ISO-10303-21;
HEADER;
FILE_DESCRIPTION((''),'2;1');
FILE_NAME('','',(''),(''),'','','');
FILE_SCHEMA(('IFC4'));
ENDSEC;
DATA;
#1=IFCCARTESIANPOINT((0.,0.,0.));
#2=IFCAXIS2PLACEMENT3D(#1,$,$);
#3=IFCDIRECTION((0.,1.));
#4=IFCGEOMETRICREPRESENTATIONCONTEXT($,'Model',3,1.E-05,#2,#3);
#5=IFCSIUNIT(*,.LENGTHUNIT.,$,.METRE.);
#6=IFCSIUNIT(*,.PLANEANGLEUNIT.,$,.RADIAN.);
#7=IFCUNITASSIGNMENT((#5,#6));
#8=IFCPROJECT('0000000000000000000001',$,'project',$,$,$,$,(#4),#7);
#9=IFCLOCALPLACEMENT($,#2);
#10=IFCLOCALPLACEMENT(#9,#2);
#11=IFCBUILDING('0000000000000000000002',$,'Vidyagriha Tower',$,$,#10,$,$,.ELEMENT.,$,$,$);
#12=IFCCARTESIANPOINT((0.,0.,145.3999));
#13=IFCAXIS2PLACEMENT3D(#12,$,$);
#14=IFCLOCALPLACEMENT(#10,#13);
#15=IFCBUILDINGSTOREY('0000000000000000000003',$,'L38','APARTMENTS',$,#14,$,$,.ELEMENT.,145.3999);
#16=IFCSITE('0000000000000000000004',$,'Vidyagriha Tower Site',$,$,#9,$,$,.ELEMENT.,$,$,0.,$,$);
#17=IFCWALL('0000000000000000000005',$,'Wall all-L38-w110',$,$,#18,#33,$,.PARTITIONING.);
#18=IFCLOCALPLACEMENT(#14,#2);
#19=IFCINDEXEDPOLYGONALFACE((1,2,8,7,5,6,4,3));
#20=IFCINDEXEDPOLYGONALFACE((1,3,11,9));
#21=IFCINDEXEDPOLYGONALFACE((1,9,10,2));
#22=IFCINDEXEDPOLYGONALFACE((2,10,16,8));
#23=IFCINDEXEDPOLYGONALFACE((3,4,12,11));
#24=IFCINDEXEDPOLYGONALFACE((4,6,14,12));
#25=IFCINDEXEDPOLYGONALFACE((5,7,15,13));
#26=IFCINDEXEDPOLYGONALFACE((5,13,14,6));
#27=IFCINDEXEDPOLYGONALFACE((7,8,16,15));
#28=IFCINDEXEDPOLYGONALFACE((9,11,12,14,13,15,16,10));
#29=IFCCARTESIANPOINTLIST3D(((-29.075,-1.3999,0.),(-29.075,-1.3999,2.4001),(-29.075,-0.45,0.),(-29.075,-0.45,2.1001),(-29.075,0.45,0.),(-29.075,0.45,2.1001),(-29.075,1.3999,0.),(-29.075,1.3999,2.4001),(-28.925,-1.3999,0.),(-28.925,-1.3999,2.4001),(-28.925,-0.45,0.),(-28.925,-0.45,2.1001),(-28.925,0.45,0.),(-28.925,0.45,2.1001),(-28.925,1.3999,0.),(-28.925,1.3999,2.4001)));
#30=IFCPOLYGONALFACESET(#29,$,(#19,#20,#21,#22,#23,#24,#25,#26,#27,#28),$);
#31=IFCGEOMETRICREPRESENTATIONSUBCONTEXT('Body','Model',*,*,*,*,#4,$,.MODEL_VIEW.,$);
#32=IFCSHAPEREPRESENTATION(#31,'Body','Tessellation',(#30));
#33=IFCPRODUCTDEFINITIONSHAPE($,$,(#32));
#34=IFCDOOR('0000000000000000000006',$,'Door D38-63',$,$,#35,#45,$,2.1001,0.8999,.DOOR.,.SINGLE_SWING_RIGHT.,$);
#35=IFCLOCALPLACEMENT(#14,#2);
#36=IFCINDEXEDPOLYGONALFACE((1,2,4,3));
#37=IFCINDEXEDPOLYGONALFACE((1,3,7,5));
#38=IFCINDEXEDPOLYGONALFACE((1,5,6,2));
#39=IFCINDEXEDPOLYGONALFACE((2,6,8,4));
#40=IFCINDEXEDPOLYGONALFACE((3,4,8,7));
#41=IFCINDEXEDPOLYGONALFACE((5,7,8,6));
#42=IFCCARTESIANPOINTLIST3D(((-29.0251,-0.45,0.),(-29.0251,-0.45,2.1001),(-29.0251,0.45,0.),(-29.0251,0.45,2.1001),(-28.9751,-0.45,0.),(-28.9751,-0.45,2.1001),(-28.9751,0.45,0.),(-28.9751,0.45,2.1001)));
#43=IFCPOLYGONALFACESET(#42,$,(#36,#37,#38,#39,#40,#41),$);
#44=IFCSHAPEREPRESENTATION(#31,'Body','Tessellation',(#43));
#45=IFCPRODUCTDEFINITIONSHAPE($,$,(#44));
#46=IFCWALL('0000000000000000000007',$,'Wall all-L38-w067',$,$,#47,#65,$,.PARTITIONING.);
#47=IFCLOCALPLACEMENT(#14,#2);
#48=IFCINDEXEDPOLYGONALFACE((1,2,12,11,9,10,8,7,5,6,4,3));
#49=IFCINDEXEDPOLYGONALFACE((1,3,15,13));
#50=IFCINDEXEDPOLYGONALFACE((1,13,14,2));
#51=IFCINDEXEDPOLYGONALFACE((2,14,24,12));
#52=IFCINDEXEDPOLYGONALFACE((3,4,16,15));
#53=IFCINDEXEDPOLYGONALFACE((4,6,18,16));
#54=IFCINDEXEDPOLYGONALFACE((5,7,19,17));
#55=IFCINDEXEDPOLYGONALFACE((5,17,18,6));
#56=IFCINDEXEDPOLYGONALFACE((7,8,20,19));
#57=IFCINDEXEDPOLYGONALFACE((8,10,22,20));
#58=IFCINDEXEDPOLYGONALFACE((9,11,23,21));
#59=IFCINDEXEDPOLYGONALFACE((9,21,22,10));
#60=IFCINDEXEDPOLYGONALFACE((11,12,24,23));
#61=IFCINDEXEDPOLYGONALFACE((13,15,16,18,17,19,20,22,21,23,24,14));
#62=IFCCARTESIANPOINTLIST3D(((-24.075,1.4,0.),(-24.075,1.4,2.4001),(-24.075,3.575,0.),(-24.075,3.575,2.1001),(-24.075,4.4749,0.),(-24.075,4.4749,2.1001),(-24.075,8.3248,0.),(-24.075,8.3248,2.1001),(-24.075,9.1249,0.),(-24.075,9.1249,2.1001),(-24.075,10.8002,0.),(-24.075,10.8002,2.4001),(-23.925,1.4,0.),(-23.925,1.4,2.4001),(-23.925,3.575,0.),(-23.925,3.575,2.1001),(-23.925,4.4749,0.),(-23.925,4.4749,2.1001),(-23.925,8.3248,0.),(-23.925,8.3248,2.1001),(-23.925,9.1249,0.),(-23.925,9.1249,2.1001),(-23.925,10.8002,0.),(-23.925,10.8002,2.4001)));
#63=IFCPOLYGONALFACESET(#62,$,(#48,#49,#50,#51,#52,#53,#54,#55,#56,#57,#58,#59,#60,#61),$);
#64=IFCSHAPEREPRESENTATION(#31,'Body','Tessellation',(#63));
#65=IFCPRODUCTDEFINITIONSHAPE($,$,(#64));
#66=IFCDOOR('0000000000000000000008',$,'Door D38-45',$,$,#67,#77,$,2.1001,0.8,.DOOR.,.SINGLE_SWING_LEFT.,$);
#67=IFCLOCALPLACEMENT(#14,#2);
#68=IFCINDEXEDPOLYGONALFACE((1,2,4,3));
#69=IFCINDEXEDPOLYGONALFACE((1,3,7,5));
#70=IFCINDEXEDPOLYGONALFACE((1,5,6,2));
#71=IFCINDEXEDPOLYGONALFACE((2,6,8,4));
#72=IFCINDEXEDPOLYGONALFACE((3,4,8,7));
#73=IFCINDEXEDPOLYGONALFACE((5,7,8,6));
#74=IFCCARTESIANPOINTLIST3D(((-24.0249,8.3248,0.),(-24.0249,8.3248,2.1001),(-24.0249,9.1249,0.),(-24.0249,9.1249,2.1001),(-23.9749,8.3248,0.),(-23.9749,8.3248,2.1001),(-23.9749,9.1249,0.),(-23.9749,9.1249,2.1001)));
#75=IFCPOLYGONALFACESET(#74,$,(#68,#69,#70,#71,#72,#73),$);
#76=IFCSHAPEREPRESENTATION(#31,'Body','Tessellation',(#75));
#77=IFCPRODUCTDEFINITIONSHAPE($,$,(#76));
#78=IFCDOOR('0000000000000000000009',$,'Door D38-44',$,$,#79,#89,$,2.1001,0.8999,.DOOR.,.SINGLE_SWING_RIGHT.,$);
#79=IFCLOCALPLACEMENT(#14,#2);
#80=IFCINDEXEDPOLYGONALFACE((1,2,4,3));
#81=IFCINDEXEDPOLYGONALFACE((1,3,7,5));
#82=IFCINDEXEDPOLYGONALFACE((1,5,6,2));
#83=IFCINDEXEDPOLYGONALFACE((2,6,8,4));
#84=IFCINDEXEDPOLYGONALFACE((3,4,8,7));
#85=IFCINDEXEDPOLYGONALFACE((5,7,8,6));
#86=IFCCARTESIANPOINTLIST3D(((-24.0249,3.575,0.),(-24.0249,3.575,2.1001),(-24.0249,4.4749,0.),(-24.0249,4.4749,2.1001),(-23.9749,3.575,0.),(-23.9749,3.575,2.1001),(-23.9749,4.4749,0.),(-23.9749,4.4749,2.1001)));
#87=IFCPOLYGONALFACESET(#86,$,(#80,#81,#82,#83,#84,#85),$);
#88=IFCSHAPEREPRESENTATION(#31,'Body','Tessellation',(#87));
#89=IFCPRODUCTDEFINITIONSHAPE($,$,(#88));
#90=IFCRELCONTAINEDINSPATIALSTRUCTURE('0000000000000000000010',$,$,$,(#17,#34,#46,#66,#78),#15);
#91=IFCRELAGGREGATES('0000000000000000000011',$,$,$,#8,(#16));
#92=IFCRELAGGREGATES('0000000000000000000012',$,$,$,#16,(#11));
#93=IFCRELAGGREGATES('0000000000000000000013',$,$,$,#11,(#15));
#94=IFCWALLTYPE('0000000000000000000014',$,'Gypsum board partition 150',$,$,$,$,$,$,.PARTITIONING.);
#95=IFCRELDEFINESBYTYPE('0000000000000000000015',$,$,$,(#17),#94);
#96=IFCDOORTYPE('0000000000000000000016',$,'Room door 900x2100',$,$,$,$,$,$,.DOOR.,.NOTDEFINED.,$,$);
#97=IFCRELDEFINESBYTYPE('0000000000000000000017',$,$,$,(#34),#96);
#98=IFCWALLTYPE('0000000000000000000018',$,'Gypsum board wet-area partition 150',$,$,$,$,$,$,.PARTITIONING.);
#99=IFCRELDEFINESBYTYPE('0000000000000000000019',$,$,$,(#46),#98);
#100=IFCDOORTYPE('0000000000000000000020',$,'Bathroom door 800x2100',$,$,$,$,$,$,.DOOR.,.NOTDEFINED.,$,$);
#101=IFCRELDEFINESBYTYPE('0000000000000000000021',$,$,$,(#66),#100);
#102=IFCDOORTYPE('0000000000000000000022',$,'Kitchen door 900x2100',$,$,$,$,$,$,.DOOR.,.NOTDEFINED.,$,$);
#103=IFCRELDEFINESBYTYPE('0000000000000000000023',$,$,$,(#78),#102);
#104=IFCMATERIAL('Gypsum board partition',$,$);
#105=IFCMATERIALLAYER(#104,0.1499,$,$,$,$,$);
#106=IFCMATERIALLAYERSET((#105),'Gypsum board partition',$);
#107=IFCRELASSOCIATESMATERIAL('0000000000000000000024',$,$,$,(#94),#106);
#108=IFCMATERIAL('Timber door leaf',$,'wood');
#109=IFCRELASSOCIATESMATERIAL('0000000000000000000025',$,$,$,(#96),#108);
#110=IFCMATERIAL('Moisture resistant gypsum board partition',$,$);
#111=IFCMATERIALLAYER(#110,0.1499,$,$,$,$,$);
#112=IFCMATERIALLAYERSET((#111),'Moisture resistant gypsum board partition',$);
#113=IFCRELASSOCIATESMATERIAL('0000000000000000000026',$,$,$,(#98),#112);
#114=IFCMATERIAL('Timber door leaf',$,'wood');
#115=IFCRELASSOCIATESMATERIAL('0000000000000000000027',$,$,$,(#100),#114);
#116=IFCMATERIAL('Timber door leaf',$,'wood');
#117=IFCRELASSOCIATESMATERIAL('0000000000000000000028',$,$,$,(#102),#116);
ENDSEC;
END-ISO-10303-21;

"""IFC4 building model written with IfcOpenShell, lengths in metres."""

from ifc_helpers import new_model, si_unit, direction, frame, frame_2d, origin, place, context, subcontext, project, spatial, rectangle, extrude, material, layer, layer_set, type_object, element, fill, save


model = new_model("IFC4")

# Units and contexts
model_context = context("Model", 3, precision=1e-05, world=origin(), true_north=direction((0.0, 1.0)))
body_context = subcontext(model_context, "Body", "Model", "MODEL_VIEW")
ifc_project = project(units=[si_unit("LENGTHUNIT", "METRE"), si_unit("PLANEANGLEUNIT", "RADIAN")], contexts=[model_context])

# Site, building, storey
site_placement = place(None, origin())
site = spatial("IfcSite", under=ifc_project, at=site_placement, Name="Vidyagriha Tower Site", CompositionType="ELEMENT", RefElevation=0.0)
building_placement = place(site_placement, origin())
building = spatial("IfcBuilding", under=site, at=building_placement, Name="Vidyagriha Tower", CompositionType="ELEMENT")
storey_placement = place(building_placement, frame((0.0, 0.0, 145.3999)))
storey = spatial("IfcBuildingStorey", under=building, at=storey_placement, Name="L38", Description="APARTMENTS", CompositionType="ELEMENT", Elevation=145.3999)

# Shared definitions
ifc_material_1 = material(Name="Gypsum board partition")
ifc_layer_1 = layer(ifc_material_1, 0.1499)
ifc_layer_set_1 = layer_set([ifc_layer_1], Name="Gypsum board partition")
wall_type_1 = type_object("IfcWallType", Name="Gypsum board partition 150", PredefinedType="PARTITIONING", material=ifc_layer_set_1)

# Shared definitions
ifc_material_2 = material(Name="Timber door leaf", Category="wood")
door_type_1 = type_object("IfcDoorType", Name="Room door 900x2100", OperationType="NOTDEFINED", PredefinedType="DOOR", material=ifc_material_2)

# Wall, opening, door
wall_1_placement = place(storey_placement, frame((-29.0, 1.3999, 0.0), z_axis=(0.0, 0.0, 1.0), x_axis=(0.0, -1.0, 0.0)))
wall_1 = element("IfcWall", 1, at=wall_1_placement, inside=storey, type_object=wall_type_1, Name="Wall all-L38-w110", PredefinedType="PARTITIONING", context=body_context, shape_type="SweptSolid", body=[
    extrude(rectangle(XDim=2.7998, YDim=0.1499, at=frame_2d((1.3999, 0.0))), origin(), (0.0, 0.0, 1.0), 2.4001),
])
opening_1_placement = place(wall_1_placement, frame((0.95, 0.0, 0.0)))
opening_1 = element("IfcOpeningElement", 2, at=opening_1_placement, cuts=wall_1, PredefinedType="OPENING", context=body_context, shape_type="SweptSolid", body=[
    extrude(rectangle(XDim=0.8999, YDim=2.1001, at=frame_2d((0.45, 1.05))), frame((0.0, 0.085, 0.0), z_axis=(0.0, -1.0, 0.0), x_axis=(1.0, 0.0, 0.0)), (0.0, 0.0, 1.0), 0.1699),
])
door_1_placement = place(opening_1_placement, origin())
door_1 = element("IfcDoor", 3, at=door_1_placement, inside=storey, type_object=door_type_1, Name="Door D38-63", OperationType="SINGLE_SWING_RIGHT", OverallHeight=2.1001, OverallWidth=0.8999, PredefinedType="DOOR", context=body_context, shape_type="SweptSolid", body=[
    extrude(rectangle(XDim=0.8999, YDim=2.1001, at=frame_2d((0.45, 1.05))), frame((0.0, 0.0249, 0.0), z_axis=(0.0, -1.0, 0.0), x_axis=(1.0, 0.0, 0.0)), (0.0, 0.0, 1.0), 0.05),
])
fill(opening_1, door_1)

# Wall, openings, doors
ifc_material_3 = material(Name="Moisture resistant gypsum board partition")
ifc_layer_2 = layer(ifc_material_3, 0.1499)
ifc_layer_set_2 = layer_set([ifc_layer_2], Name="Moisture resistant gypsum board partition")
wall_type_2 = type_object("IfcWallType", Name="Gypsum board wet-area partition 150", PredefinedType="PARTITIONING", material=ifc_layer_set_2)
wall_2_placement = place(storey_placement, frame((-24.0, 1.3999, 0.0), z_axis=(0.0, 0.0, 1.0), x_axis=(0.0, 1.0, 0.0)))
wall_2 = element("IfcWall", 4, at=wall_2_placement, inside=storey, type_object=wall_type_2, Name="Wall all-L38-w067", PredefinedType="PARTITIONING", context=body_context, shape_type="SweptSolid", body=[
    extrude(rectangle(XDim=9.4001, YDim=0.1499, at=frame_2d((4.7002, 0.0))), origin(), (0.0, 0.0, 1.0), 2.4001),
])
opening_2_placement = place(wall_2_placement, frame((2.175, 0.0, 0.0)))
opening_2 = element("IfcOpeningElement", 5, at=opening_2_placement, cuts=wall_2, PredefinedType="OPENING", context=body_context, shape_type="SweptSolid", body=[
    extrude(rectangle(XDim=0.8999, YDim=2.1001, at=frame_2d((0.45, 1.05))), frame((0.0, 0.085, 0.0), z_axis=(0.0, -1.0, 0.0), x_axis=(1.0, 0.0, 0.0)), (0.0, 0.0, 1.0), 0.1699),
])
opening_3_placement = place(wall_2_placement, frame((6.925, 0.0, 0.0)))
opening_3 = element("IfcOpeningElement", 6, at=opening_3_placement, cuts=wall_2, PredefinedType="OPENING", context=body_context, shape_type="SweptSolid", body=[
    extrude(rectangle(XDim=0.8, YDim=2.1001, at=frame_2d((0.3999, 1.05))), frame((0.0, 0.085, 0.0), z_axis=(0.0, -1.0, 0.0), x_axis=(1.0, 0.0, 0.0)), (0.0, 0.0, 1.0), 0.1699),
])
ifc_material_4 = material(Name="Timber door leaf", Category="wood")
door_type_2 = type_object("IfcDoorType", Name="Bathroom door 800x2100", OperationType="NOTDEFINED", PredefinedType="DOOR", material=ifc_material_4)
door_2_placement = place(opening_3_placement, origin())
door_2 = element("IfcDoor", 7, at=door_2_placement, inside=storey, type_object=door_type_2, Name="Door D38-45", OperationType="SINGLE_SWING_LEFT", OverallHeight=2.1001, OverallWidth=0.8, PredefinedType="DOOR", context=body_context, shape_type="SweptSolid", body=[
    extrude(rectangle(XDim=0.8, YDim=2.1001, at=frame_2d((0.3999, 1.05))), frame((0.0, 0.0249, 0.0), z_axis=(0.0, -1.0, 0.0), x_axis=(1.0, 0.0, 0.0)), (0.0, 0.0, 1.0), 0.05),
])
fill(opening_3, door_2)
ifc_material_5 = material(Name="Timber door leaf", Category="wood")
door_type_3 = type_object("IfcDoorType", Name="Kitchen door 900x2100", OperationType="NOTDEFINED", PredefinedType="DOOR", material=ifc_material_5)
door_3_placement = place(opening_2_placement, origin())
door_3 = element("IfcDoor", 8, at=door_3_placement, inside=storey, type_object=door_type_3, Name="Door D38-44", OperationType="SINGLE_SWING_RIGHT", OverallHeight=2.1001, OverallWidth=0.8999, PredefinedType="DOOR", context=body_context, shape_type="SweptSolid", body=[
    extrude(rectangle(XDim=0.8999, YDim=2.1001, at=frame_2d((0.45, 1.05))), frame((0.0, 0.0249, 0.0), z_axis=(0.0, -1.0, 0.0), x_axis=(1.0, 0.0, 0.0)), (0.0, 0.0, 1.0), 0.05),
])
fill(opening_2, door_3)

save(model, "model.ifc")
